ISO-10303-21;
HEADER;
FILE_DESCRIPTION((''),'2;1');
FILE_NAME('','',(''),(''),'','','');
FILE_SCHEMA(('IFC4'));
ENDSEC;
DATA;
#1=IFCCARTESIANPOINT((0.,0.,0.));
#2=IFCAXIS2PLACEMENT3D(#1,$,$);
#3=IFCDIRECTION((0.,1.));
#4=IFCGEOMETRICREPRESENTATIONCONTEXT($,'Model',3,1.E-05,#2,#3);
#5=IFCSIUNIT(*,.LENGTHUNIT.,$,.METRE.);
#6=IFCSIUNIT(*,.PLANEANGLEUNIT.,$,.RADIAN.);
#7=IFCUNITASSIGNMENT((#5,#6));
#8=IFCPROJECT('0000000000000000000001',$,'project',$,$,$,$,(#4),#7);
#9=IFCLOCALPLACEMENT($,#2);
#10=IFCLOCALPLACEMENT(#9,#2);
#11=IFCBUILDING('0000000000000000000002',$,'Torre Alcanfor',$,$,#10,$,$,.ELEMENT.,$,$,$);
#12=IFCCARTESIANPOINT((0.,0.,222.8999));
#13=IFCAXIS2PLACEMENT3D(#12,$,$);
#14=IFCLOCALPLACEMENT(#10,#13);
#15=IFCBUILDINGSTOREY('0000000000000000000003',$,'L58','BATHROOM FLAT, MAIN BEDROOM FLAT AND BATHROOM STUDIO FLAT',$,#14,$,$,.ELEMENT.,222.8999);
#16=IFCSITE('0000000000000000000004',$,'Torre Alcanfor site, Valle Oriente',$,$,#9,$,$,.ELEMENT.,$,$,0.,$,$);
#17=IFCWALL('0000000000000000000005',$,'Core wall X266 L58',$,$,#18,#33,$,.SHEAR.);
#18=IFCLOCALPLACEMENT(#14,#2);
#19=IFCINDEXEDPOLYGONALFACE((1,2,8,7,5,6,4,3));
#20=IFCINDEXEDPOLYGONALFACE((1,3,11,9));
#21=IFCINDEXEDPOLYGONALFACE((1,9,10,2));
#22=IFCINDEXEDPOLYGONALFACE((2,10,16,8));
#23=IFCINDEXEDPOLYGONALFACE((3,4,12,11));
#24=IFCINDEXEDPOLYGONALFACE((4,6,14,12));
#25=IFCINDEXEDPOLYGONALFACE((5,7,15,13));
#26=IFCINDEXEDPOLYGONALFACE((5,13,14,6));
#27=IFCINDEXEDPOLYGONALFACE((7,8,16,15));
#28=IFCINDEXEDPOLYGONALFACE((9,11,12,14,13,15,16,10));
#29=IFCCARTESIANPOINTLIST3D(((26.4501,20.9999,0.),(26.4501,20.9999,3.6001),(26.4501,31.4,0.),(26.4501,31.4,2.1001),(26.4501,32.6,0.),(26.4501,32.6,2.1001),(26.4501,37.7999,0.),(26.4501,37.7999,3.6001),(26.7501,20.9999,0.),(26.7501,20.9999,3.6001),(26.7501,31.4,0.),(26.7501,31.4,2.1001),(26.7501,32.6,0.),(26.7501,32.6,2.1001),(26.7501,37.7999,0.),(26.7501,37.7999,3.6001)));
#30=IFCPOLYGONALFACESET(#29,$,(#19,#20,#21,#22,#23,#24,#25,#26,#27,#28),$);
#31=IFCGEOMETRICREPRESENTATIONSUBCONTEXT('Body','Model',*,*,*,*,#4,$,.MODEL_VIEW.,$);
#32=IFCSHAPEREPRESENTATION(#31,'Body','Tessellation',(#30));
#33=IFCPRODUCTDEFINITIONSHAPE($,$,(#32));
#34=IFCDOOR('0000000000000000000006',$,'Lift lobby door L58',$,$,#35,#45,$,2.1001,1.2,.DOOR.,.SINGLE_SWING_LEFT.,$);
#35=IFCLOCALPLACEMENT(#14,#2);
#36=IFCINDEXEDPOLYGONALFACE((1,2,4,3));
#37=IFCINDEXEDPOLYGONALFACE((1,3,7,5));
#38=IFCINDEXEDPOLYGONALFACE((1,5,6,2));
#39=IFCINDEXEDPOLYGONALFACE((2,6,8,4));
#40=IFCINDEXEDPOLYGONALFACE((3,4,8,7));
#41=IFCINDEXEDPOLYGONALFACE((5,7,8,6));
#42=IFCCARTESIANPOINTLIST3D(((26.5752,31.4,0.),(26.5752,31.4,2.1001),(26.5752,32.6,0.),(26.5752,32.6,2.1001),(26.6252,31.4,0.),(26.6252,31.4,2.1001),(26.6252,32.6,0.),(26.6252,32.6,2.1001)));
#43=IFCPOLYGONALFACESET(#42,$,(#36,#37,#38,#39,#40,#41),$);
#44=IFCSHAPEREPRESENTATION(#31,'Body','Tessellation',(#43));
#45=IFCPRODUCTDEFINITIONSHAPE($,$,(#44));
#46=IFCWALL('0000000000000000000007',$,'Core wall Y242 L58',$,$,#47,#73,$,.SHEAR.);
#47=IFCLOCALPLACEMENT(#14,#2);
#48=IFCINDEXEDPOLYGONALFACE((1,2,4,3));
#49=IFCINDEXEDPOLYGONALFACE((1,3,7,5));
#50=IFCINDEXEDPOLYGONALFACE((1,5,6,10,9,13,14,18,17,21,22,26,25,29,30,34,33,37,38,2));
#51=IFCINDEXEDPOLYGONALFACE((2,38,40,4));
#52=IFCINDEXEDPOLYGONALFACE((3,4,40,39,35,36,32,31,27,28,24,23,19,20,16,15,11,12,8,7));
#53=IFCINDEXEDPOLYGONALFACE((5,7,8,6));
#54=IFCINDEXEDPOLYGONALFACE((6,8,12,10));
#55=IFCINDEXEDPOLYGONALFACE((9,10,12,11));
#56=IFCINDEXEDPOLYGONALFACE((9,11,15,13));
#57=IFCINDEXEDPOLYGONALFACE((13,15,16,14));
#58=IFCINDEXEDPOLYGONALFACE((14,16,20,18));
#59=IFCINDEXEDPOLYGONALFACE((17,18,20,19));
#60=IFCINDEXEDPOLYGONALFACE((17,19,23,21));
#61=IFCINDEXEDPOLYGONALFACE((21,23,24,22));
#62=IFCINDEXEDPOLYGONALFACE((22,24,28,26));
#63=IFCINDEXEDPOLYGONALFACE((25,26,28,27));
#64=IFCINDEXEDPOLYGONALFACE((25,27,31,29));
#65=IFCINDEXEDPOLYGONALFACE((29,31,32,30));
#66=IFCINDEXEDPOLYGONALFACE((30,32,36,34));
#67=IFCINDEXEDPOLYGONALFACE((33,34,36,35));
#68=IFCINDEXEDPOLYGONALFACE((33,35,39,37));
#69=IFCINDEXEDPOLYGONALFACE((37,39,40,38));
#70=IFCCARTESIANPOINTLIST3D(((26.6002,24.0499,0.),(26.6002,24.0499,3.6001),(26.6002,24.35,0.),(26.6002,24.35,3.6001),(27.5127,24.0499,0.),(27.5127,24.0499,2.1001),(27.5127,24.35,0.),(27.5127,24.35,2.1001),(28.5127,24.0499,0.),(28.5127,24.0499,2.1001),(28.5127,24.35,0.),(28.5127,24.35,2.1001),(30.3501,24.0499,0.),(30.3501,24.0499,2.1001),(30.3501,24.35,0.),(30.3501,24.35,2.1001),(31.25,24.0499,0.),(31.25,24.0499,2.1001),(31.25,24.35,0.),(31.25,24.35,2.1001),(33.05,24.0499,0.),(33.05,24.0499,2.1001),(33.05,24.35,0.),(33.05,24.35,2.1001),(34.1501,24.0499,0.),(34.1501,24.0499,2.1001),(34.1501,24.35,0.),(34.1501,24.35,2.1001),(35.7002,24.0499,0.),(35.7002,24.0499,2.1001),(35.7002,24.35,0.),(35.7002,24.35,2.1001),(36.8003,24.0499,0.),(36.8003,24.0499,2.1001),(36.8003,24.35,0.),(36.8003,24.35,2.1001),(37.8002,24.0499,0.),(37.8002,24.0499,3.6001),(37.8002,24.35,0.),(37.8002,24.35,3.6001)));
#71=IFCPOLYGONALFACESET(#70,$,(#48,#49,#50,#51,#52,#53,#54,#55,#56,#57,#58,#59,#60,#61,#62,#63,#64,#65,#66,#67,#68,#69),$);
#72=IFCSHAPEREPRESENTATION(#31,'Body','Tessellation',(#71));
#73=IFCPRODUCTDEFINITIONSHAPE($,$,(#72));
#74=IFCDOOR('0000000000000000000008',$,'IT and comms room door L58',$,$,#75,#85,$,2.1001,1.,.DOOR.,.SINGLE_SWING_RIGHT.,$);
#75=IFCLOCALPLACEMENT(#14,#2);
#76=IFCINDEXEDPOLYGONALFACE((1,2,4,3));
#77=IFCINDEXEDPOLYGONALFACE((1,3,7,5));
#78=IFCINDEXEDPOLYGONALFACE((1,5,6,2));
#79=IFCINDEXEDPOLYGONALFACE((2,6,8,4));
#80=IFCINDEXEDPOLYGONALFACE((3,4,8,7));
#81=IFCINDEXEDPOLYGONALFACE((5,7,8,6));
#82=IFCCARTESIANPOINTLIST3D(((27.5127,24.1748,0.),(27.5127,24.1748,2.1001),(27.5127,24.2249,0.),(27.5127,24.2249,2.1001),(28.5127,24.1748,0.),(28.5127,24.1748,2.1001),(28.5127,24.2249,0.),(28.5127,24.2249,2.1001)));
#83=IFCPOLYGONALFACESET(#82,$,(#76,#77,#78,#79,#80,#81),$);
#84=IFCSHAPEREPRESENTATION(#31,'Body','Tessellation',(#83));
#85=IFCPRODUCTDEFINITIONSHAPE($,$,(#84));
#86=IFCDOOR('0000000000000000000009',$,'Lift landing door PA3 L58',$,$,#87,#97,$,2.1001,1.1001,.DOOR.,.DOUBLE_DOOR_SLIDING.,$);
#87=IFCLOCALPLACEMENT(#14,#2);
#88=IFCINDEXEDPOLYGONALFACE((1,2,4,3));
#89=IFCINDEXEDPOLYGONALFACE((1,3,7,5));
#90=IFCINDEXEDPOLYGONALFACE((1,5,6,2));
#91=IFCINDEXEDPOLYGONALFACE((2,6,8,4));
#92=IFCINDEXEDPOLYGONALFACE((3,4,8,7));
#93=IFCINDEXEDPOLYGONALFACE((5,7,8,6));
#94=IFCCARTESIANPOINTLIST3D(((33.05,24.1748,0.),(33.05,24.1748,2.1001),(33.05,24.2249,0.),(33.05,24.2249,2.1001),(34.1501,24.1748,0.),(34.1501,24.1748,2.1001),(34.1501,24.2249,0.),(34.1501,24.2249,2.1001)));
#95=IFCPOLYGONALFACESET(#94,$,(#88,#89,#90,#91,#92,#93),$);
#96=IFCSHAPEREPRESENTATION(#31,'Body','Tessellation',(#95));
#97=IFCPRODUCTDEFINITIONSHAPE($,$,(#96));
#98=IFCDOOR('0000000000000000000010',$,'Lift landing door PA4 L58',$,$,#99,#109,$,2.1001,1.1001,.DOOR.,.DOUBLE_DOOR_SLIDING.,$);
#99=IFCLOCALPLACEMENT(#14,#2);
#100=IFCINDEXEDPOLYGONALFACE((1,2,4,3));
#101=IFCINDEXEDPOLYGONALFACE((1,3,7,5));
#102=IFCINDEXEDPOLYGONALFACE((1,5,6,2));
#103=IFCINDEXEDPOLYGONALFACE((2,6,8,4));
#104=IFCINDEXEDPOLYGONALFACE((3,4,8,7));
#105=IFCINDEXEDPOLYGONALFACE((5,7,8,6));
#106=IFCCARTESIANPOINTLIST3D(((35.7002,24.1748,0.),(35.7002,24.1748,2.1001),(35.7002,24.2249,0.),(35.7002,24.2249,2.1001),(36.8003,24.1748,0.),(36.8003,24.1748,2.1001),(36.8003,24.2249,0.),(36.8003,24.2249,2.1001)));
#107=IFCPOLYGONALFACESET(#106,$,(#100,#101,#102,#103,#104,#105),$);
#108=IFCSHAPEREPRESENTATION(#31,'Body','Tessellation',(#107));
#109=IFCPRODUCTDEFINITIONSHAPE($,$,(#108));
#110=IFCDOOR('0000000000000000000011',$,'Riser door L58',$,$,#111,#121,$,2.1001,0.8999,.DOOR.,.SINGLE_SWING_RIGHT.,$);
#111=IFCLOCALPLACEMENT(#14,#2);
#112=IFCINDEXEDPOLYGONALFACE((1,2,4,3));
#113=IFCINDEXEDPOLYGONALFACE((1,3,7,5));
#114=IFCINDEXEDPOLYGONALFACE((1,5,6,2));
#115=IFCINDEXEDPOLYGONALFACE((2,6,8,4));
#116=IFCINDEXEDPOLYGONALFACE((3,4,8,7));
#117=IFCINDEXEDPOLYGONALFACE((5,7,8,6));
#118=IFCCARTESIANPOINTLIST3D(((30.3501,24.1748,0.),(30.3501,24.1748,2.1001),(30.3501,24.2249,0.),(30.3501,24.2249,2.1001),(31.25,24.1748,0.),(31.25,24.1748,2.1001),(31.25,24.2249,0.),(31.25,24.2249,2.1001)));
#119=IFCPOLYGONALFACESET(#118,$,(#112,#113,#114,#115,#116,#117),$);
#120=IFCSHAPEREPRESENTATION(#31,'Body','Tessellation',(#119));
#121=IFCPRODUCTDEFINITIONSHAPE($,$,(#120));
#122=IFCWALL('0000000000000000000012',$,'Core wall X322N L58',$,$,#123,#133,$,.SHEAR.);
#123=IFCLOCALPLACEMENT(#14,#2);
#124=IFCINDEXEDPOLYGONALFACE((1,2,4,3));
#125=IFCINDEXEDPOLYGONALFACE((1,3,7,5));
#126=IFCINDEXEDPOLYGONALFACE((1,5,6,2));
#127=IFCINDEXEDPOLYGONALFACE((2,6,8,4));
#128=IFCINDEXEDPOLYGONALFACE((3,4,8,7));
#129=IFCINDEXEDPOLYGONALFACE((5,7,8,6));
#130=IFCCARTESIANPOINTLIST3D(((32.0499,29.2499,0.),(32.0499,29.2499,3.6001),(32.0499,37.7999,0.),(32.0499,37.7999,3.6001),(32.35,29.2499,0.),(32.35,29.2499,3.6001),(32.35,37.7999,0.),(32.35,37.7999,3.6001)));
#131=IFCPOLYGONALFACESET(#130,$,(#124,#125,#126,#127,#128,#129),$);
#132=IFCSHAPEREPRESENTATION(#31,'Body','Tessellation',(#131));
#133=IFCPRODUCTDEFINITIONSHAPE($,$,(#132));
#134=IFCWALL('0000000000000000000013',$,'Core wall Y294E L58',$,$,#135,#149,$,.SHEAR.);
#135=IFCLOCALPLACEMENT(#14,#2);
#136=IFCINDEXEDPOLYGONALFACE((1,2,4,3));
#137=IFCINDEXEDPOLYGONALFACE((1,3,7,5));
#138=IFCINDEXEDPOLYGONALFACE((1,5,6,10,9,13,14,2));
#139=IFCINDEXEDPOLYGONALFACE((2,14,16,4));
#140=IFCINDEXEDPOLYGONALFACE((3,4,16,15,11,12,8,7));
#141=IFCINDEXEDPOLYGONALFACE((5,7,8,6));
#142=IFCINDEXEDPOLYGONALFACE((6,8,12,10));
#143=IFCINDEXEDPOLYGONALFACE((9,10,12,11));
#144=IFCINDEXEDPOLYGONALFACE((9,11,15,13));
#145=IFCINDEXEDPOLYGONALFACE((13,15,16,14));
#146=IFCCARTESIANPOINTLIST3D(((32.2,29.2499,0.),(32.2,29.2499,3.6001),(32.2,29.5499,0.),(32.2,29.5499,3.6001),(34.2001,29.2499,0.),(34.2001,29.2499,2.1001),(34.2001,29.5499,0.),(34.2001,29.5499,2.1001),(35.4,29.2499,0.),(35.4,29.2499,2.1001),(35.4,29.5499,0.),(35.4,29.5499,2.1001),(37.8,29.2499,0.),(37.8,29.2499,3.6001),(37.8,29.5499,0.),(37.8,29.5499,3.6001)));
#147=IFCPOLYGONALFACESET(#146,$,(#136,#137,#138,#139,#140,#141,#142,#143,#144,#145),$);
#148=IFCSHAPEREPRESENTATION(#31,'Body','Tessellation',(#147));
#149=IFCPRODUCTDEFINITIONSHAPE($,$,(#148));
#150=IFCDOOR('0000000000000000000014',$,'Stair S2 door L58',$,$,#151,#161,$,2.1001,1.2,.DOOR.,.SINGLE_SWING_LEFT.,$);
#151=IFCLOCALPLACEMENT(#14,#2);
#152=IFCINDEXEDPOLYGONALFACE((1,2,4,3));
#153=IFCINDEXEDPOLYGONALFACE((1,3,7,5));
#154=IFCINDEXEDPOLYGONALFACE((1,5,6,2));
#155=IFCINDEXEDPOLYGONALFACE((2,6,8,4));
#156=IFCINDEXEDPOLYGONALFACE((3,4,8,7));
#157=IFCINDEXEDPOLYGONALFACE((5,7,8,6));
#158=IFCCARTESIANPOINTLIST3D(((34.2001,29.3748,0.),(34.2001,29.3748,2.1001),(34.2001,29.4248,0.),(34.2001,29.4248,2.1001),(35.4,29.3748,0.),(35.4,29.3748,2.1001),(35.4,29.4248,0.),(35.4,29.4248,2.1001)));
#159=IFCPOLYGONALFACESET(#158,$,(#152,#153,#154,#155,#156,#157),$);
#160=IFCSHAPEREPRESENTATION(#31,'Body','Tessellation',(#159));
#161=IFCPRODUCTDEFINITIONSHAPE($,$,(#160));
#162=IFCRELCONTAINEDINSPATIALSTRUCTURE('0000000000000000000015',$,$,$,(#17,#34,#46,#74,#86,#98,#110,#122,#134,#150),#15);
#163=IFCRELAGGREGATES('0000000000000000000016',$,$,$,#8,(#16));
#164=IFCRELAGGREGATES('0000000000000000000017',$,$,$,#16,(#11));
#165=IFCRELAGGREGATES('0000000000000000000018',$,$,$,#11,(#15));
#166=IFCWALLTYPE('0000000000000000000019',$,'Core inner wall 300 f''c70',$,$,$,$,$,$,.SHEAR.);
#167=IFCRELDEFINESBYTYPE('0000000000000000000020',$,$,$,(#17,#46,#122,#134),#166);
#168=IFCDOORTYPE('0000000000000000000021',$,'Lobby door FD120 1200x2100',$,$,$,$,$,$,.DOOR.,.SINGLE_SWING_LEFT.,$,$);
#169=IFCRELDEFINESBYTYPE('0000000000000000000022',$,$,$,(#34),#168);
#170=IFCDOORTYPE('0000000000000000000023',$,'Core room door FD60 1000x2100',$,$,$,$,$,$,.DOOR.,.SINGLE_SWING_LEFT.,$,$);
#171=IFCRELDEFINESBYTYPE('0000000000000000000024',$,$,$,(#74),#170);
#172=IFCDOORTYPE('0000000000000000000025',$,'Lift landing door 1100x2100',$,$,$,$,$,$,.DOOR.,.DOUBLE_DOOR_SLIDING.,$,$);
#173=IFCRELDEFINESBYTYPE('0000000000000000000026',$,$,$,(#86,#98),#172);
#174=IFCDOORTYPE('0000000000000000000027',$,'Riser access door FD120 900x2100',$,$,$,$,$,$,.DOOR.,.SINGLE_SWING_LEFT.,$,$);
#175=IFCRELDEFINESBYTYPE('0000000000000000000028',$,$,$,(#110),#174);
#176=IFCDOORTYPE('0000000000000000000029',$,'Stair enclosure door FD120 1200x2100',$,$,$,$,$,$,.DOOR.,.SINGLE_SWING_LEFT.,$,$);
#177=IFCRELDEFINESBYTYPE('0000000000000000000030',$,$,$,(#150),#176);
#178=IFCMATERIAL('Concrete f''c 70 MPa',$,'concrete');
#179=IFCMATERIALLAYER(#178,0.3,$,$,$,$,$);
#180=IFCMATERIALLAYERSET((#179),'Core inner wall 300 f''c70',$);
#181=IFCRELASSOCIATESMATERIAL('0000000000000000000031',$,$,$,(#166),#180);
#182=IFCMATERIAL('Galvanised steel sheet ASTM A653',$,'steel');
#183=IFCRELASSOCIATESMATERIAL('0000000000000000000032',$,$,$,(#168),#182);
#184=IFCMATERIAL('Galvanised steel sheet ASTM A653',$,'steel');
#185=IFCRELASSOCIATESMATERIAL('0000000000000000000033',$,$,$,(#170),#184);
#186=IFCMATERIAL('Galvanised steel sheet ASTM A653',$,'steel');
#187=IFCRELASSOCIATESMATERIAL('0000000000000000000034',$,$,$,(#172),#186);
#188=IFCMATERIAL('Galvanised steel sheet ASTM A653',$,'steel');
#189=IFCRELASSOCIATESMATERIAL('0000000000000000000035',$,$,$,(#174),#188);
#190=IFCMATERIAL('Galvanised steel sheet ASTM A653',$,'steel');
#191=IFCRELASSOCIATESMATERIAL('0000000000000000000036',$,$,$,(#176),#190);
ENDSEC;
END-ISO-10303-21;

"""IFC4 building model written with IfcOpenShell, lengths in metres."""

from ifc_helpers import new_model, si_unit, direction, frame, frame_2d, origin, place, context, subcontext, project, spatial, rectangle, extrude, material, layer, layer_set, type_object, element, fill, save


model = new_model("IFC4")

# Units and contexts
model_context = context("Model", 3, precision=1e-05, world=origin(), true_north=direction((0.0, 1.0)))
body_context = subcontext(model_context, "Body", "Model", "MODEL_VIEW")
ifc_project = project(units=[si_unit("LENGTHUNIT", "METRE"), si_unit("PLANEANGLEUNIT", "RADIAN")], contexts=[model_context])

# Site, building, storey
site_placement = place(None, origin())
site = spatial("IfcSite", under=ifc_project, at=site_placement, Name="Torre Alcanfor site, Valle Oriente", CompositionType="ELEMENT", RefElevation=0.0)
building_placement = place(site_placement, origin())
building = spatial("IfcBuilding", under=site, at=building_placement, Name="Torre Alcanfor", CompositionType="ELEMENT")
storey_placement = place(building_placement, frame((0.0, 0.0, 222.8999)))
storey = spatial("IfcBuildingStorey", under=building, at=storey_placement, Name="L58", Description="BATHROOM FLAT, MAIN BEDROOM FLAT AND BATHROOM STUDIO FLAT", CompositionType="ELEMENT", Elevation=222.8999)

# Wall, opening, door
ifc_material_1 = material(Name="Concrete f'c 70 MPa", Category="concrete")
ifc_layer_1 = layer(ifc_material_1, 0.3)
ifc_layer_set_1 = layer_set([ifc_layer_1], Name="Core inner wall 300 f'c70")
wall_type_1 = type_object("IfcWallType", Name="Core inner wall 300 f'c70", PredefinedType="SHEAR", material=ifc_layer_set_1)
wall_1_placement = place(storey_placement, frame((26.6001, 21.0, 0.0), z_axis=(0.0, 0.0, 1.0), x_axis=(0.0, 1.0, 0.0)))
wall_1 = element("IfcWall", 1, at=wall_1_placement, inside=storey, type_object=wall_type_1, Name="Core wall X266 L58", PredefinedType="SHEAR", context=body_context, shape_type="SweptSolid", body=[
    extrude(rectangle(XDim=16.8, YDim=0.3, at=frame_2d((8.3999, 0.0))), origin(), (0.0, 0.0, 1.0), 3.6001),
])
opening_1_placement = place(wall_1_placement, frame((10.3999, 0.0, 0.0)))
opening_1 = element("IfcOpeningElement", 2, at=opening_1_placement, cuts=wall_1, PredefinedType="OPENING", context=body_context, shape_type="SweptSolid", body=[
    extrude(rectangle(XDim=1.2, YDim=2.1001, at=frame_2d((0.6001, 1.05))), frame((0.0, 0.1599, 0.0), z_axis=(0.0, -1.0, 0.0), x_axis=(1.0, 0.0, 0.0)), (0.0, 0.0, 1.0), 0.3201),
])
ifc_material_2 = material(Name="Galvanised steel sheet ASTM A653", Category="steel")
door_type_1 = type_object("IfcDoorType", Name="Lobby door FD120 1200x2100", OperationType="SINGLE_SWING_LEFT", PredefinedType="DOOR", material=ifc_material_2)
door_1_placement = place(opening_1_placement, origin())
door_1 = element("IfcDoor", 3, at=door_1_placement, inside=storey, type_object=door_type_1, Name="Lift lobby door L58", OperationType="SINGLE_SWING_LEFT", OverallHeight=2.1001, OverallWidth=1.2, PredefinedType="DOOR", context=body_context, shape_type="SweptSolid", body=[
    extrude(rectangle(XDim=1.2, YDim=2.1001, at=frame_2d((0.6001, 1.05))), frame((0.0, 0.0249, 0.0), z_axis=(0.0, -1.0, 0.0), x_axis=(1.0, 0.0, 0.0)), (0.0, 0.0, 1.0), 0.05),
])
fill(opening_1, door_1)

# Wall, openings, doors
wall_2_placement = place(storey_placement, frame((26.6001, 24.2, 0.0), z_axis=(0.0, 0.0, 1.0), x_axis=(1.0, 0.0, 0.0)))
wall_2 = element("IfcWall", 4, at=wall_2_placement, inside=storey, type_object=wall_type_1, Name="Core wall Y242 L58", PredefinedType="SHEAR", context=body_context, shape_type="SweptSolid", body=[
    extrude(rectangle(XDim=11.2, YDim=0.3, at=frame_2d((5.6001, 0.0))), origin(), (0.0, 0.0, 1.0), 3.6001),
])
opening_2_placement = place(wall_2_placement, frame((0.9126, 0.0, 0.0)))
opening_2 = element("IfcOpeningElement", 5, at=opening_2_placement, cuts=wall_2, PredefinedType="OPENING", context=body_context, shape_type="SweptSolid", body=[
    extrude(rectangle(XDim=1.0, YDim=2.1001, at=frame_2d((0.5, 1.05))), frame((0.0, 0.1599, 0.0), z_axis=(0.0, -1.0, 0.0), x_axis=(1.0, 0.0, 0.0)), (0.0, 0.0, 1.0), 0.3201),
])
opening_3_placement = place(wall_2_placement, frame((3.75, 0.0, 0.0)))
opening_3 = element("IfcOpeningElement", 6, at=opening_3_placement, cuts=wall_2, PredefinedType="OPENING", context=body_context, shape_type="SweptSolid", body=[
    extrude(rectangle(XDim=0.8999, YDim=2.1001, at=frame_2d((0.45, 1.05))), frame((0.0, 0.1599, 0.0), z_axis=(0.0, -1.0, 0.0), x_axis=(1.0, 0.0, 0.0)), (0.0, 0.0, 1.0), 0.3201),
])
opening_4_placement = place(wall_2_placement, frame((6.45, 0.0, 0.0)))
opening_4 = element("IfcOpeningElement", 7, at=opening_4_placement, cuts=wall_2, PredefinedType="OPENING", context=body_context, shape_type="SweptSolid", body=[
    extrude(rectangle(XDim=1.1001, YDim=2.1001, at=frame_2d((0.55, 1.05))), frame((0.0, 0.1599, 0.0), z_axis=(0.0, -1.0, 0.0), x_axis=(1.0, 0.0, 0.0)), (0.0, 0.0, 1.0), 0.3201),
])
opening_5_placement = place(wall_2_placement, frame((9.1001, 0.0, 0.0)))
opening_5 = element("IfcOpeningElement", 8, at=opening_5_placement, cuts=wall_2, PredefinedType="OPENING", context=body_context, shape_type="SweptSolid", body=[
    extrude(rectangle(XDim=1.1001, YDim=2.1001, at=frame_2d((0.55, 1.05))), frame((0.0, 0.1599, 0.0), z_axis=(0.0, -1.0, 0.0), x_axis=(1.0, 0.0, 0.0)), (0.0, 0.0, 1.0), 0.3201),
])
ifc_material_3 = material(Name="Galvanised steel sheet ASTM A653", Category="steel")
door_type_2 = type_object("IfcDoorType", Name="Core room door FD60 1000x2100", OperationType="SINGLE_SWING_LEFT", PredefinedType="DOOR", material=ifc_material_3)
door_2_placement = place(opening_2_placement, frame((1.0, 0.0, 0.0), z_axis=(0.0, 0.0, 1.0), x_axis=(-1.0, 0.0, 0.0)))
door_2 = element("IfcDoor", 9, at=door_2_placement, inside=storey, type_object=door_type_2, Name="IT and comms room door L58", OperationType="SINGLE_SWING_RIGHT", OverallHeight=2.1001, OverallWidth=1.0, PredefinedType="DOOR", context=body_context, shape_type="SweptSolid", body=[
    extrude(rectangle(XDim=1.0, YDim=2.1001, at=frame_2d((0.5, 1.05))), frame((0.0, 0.0251, 0.0), z_axis=(0.0, -1.0, 0.0), x_axis=(1.0, 0.0, 0.0)), (0.0, 0.0, 1.0), 0.05),
])
fill(opening_2, door_2)
ifc_material_4 = material(Name="Galvanised steel sheet ASTM A653", Category="steel")
door_type_3 = type_object("IfcDoorType", Name="Lift landing door 1100x2100", OperationType="DOUBLE_DOOR_SLIDING", PredefinedType="DOOR", material=ifc_material_4)
door_3_placement = place(opening_4_placement, origin())
door_3 = element("IfcDoor", 10, at=door_3_placement, inside=storey, type_object=door_type_3, Name="Lift landing door PA3 L58", OperationType="DOUBLE_DOOR_SLIDING", OverallHeight=2.1001, OverallWidth=1.1001, PredefinedType="DOOR", context=body_context, shape_type="SweptSolid", body=[
    extrude(rectangle(XDim=1.1001, YDim=2.1001, at=frame_2d((0.55, 1.05))), frame((0.0, 0.0249, 0.0), z_axis=(0.0, -1.0, 0.0), x_axis=(1.0, 0.0, 0.0)), (0.0, 0.0, 1.0), 0.05),
])
fill(opening_4, door_3)
door_4_placement = place(opening_5_placement, origin())
door_4 = element("IfcDoor", 11, at=door_4_placement, inside=storey, type_object=door_type_3, Name="Lift landing door PA4 L58", OperationType="DOUBLE_DOOR_SLIDING", OverallHeight=2.1001, OverallWidth=1.1001, PredefinedType="DOOR", context=body_context, shape_type="SweptSolid", body=[
    extrude(rectangle(XDim=1.1001, YDim=2.1001, at=frame_2d((0.55, 1.05))), frame((0.0, 0.0249, 0.0), z_axis=(0.0, -1.0, 0.0), x_axis=(1.0, 0.0, 0.0)), (0.0, 0.0, 1.0), 0.05),
])
fill(opening_5, door_4)
ifc_material_5 = material(Name="Galvanised steel sheet ASTM A653", Category="steel")
door_type_4 = type_object("IfcDoorType", Name="Riser access door FD120 900x2100", OperationType="SINGLE_SWING_LEFT", PredefinedType="DOOR", material=ifc_material_5)
door_5_placement = place(opening_3_placement, frame((0.8999, 0.0, 0.0), z_axis=(0.0, 0.0, 1.0), x_axis=(-1.0, 0.0, 0.0)))
door_5 = element("IfcDoor", 12, at=door_5_placement, inside=storey, type_object=door_type_4, Name="Riser door L58", OperationType="SINGLE_SWING_RIGHT", OverallHeight=2.1001, OverallWidth=0.8999, PredefinedType="DOOR", context=body_context, shape_type="SweptSolid", body=[
    extrude(rectangle(XDim=0.8999, YDim=2.1001, at=frame_2d((0.45, 1.05))), frame((0.0, 0.0251, 0.0), z_axis=(0.0, -1.0, 0.0), x_axis=(1.0, 0.0, 0.0)), (0.0, 0.0, 1.0), 0.05),
])
fill(opening_3, door_5)

# Wall
wall_3_placement = place(storey_placement, frame((32.2, 29.25, 0.0), z_axis=(0.0, 0.0, 1.0), x_axis=(0.0, 1.0, 0.0)))
element("IfcWall", 13, at=wall_3_placement, inside=storey, type_object=wall_type_1, Name="Core wall X322N L58", PredefinedType="SHEAR", context=body_context, shape_type="SweptSolid", body=[
    extrude(rectangle(XDim=8.55, YDim=0.3, at=frame_2d((4.2749, 0.0))), origin(), (0.0, 0.0, 1.0), 3.6001),
])

# Wall, opening, door
wall_4_placement = place(storey_placement, frame((32.2, 29.3999, 0.0), z_axis=(0.0, 0.0, 1.0), x_axis=(1.0, 0.0, 0.0)))
wall_4 = element("IfcWall", 14, at=wall_4_placement, inside=storey, type_object=wall_type_1, Name="Core wall Y294E L58", PredefinedType="SHEAR", context=body_context, shape_type="SweptSolid", body=[
    extrude(rectangle(XDim=5.6001, YDim=0.3, at=frame_2d((2.8, 0.0))), origin(), (0.0, 0.0, 1.0), 3.6001),
])
opening_6_placement = place(wall_4_placement, frame((2.0, 0.0, 0.0)))
opening_6 = element("IfcOpeningElement", 15, at=opening_6_placement, cuts=wall_4, PredefinedType="OPENING", context=body_context, shape_type="SweptSolid", body=[
    extrude(rectangle(XDim=1.2, YDim=2.1001, at=frame_2d((0.6001, 1.05))), frame((0.0, 0.1599, 0.0), z_axis=(0.0, -1.0, 0.0), x_axis=(1.0, 0.0, 0.0)), (0.0, 0.0, 1.0), 0.3201),
])
ifc_material_6 = material(Name="Galvanised steel sheet ASTM A653", Category="steel")
door_type_5 = type_object("IfcDoorType", Name="Stair enclosure door FD120 1200x2100", OperationType="SINGLE_SWING_LEFT", PredefinedType="DOOR", material=ifc_material_6)
door_6_placement = place(opening_6_placement, origin())
door_6 = element("IfcDoor", 16, at=door_6_placement, inside=storey, type_object=door_type_5, Name="Stair S2 door L58", OperationType="SINGLE_SWING_LEFT", OverallHeight=2.1001, OverallWidth=1.2, PredefinedType="DOOR", context=body_context, shape_type="SweptSolid", body=[
    extrude(rectangle(XDim=1.2, YDim=2.1001, at=frame_2d((0.6001, 1.05))), frame((0.0, 0.0249, 0.0), z_axis=(0.0, -1.0, 0.0), x_axis=(1.0, 0.0, 0.0)), (0.0, 0.0, 1.0), 0.05),
])
fill(opening_6, door_6)

save(model, "model.ifc")
